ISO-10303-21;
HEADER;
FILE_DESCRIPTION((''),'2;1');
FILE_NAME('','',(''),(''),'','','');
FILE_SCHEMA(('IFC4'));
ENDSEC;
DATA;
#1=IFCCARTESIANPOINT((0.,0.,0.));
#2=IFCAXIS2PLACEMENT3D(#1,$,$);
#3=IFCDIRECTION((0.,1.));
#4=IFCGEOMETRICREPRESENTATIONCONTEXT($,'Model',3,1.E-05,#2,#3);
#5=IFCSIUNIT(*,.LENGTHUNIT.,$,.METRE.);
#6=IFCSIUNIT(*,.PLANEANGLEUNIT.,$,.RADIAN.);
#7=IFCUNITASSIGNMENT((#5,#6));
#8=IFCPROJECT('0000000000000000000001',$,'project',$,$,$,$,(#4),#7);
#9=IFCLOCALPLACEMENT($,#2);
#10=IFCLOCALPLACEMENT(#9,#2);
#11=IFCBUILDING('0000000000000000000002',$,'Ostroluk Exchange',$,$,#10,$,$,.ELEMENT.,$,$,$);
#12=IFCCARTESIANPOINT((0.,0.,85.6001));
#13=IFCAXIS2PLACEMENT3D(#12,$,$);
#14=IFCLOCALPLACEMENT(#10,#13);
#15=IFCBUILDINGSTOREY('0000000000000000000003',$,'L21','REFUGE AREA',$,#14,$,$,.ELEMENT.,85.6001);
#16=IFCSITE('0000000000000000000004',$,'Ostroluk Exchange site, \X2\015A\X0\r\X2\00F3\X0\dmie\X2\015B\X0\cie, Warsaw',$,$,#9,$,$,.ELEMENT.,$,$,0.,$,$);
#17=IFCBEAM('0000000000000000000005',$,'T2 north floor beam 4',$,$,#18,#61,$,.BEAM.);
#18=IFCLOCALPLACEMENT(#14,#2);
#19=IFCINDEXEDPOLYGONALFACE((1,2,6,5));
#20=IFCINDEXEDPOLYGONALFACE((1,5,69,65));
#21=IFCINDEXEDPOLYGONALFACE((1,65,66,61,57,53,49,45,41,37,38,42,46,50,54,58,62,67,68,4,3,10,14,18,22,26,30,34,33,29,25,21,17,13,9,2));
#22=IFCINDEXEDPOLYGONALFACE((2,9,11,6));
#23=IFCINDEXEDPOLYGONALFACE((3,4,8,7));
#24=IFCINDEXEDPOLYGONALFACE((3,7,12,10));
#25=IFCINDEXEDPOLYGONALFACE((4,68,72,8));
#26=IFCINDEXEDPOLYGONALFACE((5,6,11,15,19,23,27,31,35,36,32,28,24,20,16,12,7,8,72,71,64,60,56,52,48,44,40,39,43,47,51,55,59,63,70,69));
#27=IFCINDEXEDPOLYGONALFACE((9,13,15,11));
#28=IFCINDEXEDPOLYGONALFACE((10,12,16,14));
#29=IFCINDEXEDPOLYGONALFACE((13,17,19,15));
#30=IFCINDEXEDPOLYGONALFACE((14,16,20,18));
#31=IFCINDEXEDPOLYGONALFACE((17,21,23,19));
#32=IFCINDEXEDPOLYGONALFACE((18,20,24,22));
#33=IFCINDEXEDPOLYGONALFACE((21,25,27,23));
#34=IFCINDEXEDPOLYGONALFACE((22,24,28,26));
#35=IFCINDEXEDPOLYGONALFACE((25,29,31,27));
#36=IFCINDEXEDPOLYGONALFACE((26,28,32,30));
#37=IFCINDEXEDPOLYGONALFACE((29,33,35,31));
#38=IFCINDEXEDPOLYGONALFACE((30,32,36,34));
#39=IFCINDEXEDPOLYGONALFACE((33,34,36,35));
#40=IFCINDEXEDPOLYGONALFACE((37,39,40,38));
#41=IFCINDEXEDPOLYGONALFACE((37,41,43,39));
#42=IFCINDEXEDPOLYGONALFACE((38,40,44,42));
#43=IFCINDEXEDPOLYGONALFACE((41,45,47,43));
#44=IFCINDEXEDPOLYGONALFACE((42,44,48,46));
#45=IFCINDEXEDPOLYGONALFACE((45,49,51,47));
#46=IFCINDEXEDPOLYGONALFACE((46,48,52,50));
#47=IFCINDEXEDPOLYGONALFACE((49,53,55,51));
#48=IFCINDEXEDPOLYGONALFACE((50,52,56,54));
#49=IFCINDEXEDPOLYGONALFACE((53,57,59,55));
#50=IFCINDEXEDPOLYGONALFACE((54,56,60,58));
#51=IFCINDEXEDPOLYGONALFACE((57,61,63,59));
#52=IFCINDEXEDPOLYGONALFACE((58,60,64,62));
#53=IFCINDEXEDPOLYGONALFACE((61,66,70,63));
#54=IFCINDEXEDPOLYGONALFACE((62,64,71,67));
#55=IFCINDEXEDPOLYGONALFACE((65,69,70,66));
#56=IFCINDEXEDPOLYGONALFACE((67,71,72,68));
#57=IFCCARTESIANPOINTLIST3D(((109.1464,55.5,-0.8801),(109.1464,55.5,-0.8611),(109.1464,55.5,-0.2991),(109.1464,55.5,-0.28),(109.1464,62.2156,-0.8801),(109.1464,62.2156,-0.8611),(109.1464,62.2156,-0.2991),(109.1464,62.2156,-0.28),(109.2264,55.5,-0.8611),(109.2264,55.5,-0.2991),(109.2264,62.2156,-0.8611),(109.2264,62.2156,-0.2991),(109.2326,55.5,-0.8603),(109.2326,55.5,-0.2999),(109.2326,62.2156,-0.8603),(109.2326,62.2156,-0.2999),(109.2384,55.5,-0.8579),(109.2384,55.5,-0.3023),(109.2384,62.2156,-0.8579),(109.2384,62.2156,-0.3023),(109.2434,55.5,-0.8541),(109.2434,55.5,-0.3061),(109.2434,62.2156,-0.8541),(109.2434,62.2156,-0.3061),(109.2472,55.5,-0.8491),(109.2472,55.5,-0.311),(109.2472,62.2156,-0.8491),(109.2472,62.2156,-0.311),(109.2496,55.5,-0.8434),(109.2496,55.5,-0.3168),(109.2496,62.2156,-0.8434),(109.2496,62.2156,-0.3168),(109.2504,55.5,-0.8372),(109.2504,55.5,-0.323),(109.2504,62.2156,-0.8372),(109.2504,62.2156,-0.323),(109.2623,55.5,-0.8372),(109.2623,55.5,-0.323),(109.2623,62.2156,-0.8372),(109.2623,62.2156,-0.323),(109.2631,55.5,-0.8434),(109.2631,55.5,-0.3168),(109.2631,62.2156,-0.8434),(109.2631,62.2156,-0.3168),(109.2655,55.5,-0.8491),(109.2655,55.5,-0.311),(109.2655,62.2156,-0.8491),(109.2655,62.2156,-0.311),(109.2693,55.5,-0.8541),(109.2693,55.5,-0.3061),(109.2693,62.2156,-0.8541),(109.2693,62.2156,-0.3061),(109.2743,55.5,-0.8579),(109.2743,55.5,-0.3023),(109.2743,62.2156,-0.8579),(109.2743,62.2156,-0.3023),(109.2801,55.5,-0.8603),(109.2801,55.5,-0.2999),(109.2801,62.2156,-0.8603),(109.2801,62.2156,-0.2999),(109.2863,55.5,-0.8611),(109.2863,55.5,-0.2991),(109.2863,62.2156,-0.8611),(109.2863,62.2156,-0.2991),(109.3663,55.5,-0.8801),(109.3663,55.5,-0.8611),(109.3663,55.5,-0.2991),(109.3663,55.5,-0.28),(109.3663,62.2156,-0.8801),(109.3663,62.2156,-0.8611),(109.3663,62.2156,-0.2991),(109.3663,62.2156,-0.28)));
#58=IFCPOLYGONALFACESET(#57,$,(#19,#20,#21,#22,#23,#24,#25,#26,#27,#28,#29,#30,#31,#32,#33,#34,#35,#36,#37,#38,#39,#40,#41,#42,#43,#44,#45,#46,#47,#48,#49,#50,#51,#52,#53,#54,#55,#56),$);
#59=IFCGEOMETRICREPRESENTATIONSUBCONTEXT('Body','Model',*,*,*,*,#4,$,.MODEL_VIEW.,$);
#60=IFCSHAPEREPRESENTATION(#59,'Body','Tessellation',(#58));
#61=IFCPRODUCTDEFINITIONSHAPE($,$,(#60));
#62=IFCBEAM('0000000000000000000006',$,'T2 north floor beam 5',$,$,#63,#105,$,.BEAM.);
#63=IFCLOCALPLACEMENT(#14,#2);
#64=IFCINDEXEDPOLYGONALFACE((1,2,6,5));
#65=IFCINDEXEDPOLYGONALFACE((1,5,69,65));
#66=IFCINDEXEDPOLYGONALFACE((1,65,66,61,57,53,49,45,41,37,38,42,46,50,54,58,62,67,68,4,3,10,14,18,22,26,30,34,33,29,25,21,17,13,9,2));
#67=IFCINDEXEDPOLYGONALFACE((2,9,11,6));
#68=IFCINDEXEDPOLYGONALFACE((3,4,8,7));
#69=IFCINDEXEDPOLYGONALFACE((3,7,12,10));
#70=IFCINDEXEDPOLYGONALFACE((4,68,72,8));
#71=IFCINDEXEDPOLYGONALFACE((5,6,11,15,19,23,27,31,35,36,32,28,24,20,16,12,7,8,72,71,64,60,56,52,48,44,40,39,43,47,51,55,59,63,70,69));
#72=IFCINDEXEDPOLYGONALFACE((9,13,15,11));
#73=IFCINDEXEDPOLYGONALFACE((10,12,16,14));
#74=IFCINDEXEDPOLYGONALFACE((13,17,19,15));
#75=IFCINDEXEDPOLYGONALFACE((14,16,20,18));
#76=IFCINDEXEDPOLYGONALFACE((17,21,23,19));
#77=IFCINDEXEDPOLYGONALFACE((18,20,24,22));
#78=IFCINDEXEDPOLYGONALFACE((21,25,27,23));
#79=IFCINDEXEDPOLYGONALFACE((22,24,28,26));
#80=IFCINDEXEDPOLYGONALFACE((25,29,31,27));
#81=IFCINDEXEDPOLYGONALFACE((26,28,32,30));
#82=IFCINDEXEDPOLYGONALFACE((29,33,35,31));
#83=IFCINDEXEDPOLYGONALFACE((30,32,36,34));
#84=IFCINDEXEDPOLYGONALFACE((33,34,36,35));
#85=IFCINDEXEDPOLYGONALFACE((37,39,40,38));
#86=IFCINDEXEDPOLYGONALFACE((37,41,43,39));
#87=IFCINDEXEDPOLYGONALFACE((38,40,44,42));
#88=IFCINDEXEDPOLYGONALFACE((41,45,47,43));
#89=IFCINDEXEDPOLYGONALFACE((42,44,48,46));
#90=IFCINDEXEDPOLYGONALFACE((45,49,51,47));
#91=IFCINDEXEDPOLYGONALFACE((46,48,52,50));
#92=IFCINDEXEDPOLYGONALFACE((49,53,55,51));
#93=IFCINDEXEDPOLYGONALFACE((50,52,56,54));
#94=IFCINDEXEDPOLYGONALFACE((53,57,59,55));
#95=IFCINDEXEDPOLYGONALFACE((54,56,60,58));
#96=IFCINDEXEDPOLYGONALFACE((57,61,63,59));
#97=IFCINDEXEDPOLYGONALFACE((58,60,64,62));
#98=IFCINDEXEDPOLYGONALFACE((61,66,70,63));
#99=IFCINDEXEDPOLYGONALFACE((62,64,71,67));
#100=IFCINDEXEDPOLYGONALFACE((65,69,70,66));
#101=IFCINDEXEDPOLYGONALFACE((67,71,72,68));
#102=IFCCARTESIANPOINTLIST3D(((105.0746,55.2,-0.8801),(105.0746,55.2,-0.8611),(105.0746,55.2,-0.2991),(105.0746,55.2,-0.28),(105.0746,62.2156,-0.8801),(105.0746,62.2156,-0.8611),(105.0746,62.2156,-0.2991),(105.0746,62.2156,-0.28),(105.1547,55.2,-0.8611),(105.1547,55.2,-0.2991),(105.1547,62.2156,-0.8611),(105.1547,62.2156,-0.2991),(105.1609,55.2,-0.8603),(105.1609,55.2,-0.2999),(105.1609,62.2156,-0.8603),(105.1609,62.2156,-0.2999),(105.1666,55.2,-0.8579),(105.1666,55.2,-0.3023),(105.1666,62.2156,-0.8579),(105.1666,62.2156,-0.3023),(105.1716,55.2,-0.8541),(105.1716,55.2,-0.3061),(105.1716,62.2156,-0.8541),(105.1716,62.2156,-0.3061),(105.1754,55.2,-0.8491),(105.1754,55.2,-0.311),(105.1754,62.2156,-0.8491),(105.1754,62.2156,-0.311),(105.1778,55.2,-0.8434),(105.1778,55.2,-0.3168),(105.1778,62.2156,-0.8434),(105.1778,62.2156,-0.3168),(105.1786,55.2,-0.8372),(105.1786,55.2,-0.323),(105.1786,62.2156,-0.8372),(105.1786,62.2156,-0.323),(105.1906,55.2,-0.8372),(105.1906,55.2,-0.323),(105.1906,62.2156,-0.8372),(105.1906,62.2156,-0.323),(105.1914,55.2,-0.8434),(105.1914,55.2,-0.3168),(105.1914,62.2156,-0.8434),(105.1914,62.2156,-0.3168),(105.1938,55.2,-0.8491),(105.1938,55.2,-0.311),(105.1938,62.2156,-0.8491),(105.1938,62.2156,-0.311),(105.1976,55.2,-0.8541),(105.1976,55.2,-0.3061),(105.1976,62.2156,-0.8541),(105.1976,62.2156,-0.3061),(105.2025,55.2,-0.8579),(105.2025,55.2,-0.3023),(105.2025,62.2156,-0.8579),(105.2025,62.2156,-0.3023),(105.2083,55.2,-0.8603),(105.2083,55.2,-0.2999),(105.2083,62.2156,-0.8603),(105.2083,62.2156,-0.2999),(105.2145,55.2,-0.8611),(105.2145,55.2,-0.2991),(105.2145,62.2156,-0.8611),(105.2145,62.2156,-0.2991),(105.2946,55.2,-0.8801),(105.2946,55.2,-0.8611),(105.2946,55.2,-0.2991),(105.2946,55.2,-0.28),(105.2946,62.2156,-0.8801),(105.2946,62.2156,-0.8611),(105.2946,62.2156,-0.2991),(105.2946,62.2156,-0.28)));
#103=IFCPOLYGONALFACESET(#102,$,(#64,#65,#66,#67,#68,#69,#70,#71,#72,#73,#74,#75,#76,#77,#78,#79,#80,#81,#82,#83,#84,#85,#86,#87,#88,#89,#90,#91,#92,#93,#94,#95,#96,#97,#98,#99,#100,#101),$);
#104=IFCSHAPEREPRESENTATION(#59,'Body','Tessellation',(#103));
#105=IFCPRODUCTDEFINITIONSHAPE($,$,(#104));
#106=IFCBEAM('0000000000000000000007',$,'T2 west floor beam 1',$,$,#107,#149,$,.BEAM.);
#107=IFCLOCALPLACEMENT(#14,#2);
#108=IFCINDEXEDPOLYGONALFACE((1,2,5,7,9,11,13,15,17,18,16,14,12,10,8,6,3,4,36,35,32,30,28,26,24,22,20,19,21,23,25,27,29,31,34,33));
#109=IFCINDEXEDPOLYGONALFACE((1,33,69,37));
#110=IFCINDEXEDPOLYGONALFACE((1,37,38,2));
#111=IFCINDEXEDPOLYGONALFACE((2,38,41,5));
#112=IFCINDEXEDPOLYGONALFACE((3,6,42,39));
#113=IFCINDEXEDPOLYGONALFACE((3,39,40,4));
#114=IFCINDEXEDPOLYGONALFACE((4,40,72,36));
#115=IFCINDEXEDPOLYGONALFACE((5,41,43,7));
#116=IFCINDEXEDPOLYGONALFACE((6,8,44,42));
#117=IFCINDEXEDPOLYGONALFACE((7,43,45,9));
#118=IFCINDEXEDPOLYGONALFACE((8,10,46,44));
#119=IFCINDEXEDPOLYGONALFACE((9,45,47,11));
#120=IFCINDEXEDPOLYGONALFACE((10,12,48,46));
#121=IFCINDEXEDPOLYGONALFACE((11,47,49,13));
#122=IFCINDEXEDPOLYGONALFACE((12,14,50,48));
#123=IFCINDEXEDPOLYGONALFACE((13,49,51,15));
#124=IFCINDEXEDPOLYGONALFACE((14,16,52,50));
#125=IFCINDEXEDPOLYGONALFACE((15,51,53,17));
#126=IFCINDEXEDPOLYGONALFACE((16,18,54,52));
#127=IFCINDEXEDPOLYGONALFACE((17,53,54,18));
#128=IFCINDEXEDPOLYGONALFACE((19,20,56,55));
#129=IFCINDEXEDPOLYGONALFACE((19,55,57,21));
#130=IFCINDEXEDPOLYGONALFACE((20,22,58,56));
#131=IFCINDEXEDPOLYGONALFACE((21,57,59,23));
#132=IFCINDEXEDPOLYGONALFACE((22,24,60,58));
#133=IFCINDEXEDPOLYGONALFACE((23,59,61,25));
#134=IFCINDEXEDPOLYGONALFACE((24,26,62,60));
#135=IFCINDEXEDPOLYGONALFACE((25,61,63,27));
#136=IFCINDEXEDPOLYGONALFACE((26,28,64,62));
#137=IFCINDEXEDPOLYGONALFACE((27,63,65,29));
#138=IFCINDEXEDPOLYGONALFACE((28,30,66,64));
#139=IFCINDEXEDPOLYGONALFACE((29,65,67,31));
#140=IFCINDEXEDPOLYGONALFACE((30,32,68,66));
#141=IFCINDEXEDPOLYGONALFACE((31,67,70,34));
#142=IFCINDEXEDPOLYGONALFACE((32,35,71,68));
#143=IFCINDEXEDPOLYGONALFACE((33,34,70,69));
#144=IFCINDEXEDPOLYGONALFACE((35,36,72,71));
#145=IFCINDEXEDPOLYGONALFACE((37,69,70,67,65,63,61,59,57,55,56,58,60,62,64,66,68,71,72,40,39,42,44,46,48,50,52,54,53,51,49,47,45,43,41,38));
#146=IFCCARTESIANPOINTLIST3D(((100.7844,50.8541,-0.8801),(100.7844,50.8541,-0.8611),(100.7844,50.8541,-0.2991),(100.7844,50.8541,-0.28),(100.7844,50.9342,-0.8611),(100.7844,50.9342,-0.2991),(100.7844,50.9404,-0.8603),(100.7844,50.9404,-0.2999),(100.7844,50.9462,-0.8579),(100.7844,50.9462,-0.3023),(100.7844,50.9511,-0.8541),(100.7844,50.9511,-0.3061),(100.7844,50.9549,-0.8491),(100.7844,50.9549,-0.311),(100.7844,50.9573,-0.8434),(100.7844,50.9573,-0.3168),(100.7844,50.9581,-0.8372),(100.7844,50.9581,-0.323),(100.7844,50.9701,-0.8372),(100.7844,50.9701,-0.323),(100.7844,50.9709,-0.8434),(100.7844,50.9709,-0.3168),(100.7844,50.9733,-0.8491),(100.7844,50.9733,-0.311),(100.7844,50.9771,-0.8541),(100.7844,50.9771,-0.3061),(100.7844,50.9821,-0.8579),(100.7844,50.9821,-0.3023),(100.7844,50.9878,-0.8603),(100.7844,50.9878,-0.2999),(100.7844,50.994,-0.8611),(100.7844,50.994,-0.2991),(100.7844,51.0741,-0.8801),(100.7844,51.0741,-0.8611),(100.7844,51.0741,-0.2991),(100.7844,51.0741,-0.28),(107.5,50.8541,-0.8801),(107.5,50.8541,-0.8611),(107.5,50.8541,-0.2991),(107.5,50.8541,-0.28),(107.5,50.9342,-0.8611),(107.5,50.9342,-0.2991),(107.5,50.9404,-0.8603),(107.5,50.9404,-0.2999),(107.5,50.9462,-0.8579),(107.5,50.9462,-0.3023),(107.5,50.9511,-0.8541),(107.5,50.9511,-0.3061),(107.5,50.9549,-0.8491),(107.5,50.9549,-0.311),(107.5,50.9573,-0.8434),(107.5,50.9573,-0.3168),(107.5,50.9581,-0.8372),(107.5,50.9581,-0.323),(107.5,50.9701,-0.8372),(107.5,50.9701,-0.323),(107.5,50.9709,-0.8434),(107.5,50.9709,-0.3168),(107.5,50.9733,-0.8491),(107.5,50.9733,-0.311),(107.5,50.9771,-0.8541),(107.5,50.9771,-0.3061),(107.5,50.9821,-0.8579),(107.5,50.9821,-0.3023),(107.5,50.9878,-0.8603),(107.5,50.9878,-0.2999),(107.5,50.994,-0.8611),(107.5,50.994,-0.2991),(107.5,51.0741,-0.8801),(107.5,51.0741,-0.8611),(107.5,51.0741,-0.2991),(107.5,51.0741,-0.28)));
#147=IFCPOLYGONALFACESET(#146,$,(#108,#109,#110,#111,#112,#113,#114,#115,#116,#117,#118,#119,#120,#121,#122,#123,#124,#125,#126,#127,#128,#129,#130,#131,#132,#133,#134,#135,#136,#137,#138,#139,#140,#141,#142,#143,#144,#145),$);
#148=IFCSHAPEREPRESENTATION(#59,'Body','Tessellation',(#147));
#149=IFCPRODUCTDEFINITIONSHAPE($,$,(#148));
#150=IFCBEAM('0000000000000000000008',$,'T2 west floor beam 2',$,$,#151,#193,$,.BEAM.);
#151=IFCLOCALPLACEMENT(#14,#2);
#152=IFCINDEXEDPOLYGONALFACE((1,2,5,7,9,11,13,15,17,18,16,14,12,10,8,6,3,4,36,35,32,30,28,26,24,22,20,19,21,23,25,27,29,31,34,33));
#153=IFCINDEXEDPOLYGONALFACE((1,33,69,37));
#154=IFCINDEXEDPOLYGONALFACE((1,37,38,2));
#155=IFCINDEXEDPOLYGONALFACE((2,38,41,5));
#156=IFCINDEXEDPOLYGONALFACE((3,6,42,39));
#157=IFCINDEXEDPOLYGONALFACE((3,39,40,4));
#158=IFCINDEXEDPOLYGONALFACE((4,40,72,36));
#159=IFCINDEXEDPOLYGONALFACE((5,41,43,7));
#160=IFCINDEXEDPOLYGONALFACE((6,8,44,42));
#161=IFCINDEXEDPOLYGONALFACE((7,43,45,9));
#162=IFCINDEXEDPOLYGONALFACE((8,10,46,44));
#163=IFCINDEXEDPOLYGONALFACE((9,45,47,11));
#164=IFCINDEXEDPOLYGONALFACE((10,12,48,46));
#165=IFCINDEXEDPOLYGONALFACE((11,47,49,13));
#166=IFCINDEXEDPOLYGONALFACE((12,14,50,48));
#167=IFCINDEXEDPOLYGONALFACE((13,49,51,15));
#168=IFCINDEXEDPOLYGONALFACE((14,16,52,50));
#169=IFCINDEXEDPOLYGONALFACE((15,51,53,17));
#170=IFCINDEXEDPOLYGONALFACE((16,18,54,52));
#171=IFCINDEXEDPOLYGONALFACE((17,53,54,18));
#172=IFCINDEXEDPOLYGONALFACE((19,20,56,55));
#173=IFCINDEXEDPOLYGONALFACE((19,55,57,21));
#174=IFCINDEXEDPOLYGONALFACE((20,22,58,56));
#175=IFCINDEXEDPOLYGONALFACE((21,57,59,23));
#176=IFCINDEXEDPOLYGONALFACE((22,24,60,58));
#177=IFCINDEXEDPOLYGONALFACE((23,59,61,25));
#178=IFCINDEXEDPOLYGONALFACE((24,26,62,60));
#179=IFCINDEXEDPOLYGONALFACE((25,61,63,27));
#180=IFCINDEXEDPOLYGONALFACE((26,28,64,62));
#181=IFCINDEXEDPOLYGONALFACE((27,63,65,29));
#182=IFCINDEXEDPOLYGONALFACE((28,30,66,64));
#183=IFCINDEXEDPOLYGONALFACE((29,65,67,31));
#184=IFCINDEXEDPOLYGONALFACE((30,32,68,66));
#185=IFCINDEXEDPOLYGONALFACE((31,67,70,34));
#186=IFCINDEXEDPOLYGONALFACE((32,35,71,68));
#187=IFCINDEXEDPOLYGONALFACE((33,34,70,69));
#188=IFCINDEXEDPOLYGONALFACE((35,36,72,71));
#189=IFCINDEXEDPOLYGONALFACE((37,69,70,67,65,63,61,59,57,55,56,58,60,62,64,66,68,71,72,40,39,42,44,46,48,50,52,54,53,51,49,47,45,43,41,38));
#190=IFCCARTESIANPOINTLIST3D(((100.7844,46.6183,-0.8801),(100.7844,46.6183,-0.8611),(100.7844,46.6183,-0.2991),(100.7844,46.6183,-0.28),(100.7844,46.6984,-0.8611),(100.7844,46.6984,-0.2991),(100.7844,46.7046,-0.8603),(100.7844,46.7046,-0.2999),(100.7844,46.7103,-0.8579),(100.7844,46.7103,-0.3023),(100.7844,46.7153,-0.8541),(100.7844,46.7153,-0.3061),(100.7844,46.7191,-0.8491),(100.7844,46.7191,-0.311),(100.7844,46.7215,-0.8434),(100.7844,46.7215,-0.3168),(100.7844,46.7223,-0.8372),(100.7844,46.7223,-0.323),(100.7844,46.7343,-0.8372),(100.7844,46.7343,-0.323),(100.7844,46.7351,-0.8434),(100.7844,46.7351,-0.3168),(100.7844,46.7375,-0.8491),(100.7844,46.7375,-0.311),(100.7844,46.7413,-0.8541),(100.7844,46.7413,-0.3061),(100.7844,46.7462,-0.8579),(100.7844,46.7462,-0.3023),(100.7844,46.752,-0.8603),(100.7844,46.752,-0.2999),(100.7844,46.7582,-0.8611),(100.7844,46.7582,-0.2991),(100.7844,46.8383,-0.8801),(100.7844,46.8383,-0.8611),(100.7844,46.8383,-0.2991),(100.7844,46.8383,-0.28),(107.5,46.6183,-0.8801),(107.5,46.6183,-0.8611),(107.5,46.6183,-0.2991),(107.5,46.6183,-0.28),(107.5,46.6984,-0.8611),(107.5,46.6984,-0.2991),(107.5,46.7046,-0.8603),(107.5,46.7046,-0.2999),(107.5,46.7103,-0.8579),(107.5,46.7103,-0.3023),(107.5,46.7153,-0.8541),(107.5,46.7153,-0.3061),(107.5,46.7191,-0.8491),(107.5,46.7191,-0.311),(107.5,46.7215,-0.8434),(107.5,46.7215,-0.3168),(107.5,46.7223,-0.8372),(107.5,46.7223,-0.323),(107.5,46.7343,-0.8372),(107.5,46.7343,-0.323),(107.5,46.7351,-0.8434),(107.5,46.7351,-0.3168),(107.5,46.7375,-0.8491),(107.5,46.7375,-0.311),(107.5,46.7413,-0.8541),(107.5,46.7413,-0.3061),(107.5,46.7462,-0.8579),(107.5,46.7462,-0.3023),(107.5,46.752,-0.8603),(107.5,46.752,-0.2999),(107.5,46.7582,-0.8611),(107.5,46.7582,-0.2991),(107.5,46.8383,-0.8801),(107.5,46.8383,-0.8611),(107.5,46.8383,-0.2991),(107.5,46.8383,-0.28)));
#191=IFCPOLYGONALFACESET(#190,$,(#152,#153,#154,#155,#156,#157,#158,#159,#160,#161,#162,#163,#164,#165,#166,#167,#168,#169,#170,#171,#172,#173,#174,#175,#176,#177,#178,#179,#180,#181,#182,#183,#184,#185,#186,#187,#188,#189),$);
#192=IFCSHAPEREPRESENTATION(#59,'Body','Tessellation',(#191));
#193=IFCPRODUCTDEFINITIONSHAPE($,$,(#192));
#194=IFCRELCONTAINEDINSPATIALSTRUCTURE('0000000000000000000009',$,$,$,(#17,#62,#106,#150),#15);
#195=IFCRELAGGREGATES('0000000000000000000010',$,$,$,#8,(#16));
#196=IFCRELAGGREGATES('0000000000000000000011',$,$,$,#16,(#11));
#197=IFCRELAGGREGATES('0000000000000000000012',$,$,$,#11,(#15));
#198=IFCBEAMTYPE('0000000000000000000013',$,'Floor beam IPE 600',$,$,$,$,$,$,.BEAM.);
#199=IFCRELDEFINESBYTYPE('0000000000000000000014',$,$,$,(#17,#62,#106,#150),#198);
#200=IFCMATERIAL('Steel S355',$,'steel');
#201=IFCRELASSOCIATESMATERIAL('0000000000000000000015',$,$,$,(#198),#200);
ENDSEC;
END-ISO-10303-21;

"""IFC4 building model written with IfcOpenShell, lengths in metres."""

from ifc_helpers import new_model, si_unit, direction, frame, origin, origin_2d, place, context, subcontext, project, spatial, i_section, extrude, material, material_profile, profile_set, type_object, element, save


model = new_model("IFC4")

# Units and contexts
model_context = context("Model", 3, precision=1e-05, world=origin(), true_north=direction((0.0, 1.0)))
body_context = subcontext(model_context, "Body", "Model", "MODEL_VIEW")
ifc_project = project(units=[si_unit("LENGTHUNIT", "METRE"), si_unit("PLANEANGLEUNIT", "RADIAN")], contexts=[model_context])

# Site, building, storey
site_placement = place(None, origin())
site = spatial("IfcSite", under=ifc_project, at=site_placement, Name="Ostroluk Exchange site, Śródmieście, Warsaw", CompositionType="ELEMENT", RefElevation=0.0)
building_placement = place(site_placement, origin())
building = spatial("IfcBuilding", under=site, at=building_placement, Name="Ostroluk Exchange", CompositionType="ELEMENT")
storey_placement = place(building_placement, frame((0.0, 0.0, 85.6001)))
storey = spatial("IfcBuildingStorey", under=building, at=storey_placement, Name="L21", Description="REFUGE AREA", CompositionType="ELEMENT", Elevation=85.6001)

# Beams
ifc_material_1 = material(Name="Steel S355", Category="steel")
ifc_material_profile_1 = material_profile(ifc_material_1, i_section(OverallWidth=0.22, OverallDepth=0.6001, WebThickness=0.012, FlangeThickness=0.019, FilletRadius=0.0239, at=origin_2d()), Name="IPE 600")
ifc_profile_set_1 = profile_set([ifc_material_profile_1], Name="Steel S355")
beam_type_1 = type_object("IfcBeamType", Name="Floor beam IPE 600", PredefinedType="BEAM", material=ifc_profile_set_1)
beam_1_placement = place(storey_placement, frame((109.2563, 55.5, -0.5801), z_axis=(0.0, 1.0, 0.0), x_axis=(-1.0, 0.0, 0.0)))
element("IfcBeam", 1, at=beam_1_placement, inside=storey, type_object=beam_type_1, Name="T2 north floor beam 4", PredefinedType="BEAM", context=body_context, shape_type="SweptSolid", body=[
    extrude(i_section(OverallWidth=0.22, OverallDepth=0.6001, WebThickness=0.012, FlangeThickness=0.019, FilletRadius=0.0239, at=origin_2d()), origin(), (0.0, 0.0, 1.0), 6.7156),
])
beam_2_placement = place(storey_placement, frame((105.1846, 55.2, -0.5801), z_axis=(0.0, 1.0, 0.0), x_axis=(-1.0, 0.0, 0.0)))
element("IfcBeam", 2, at=beam_2_placement, inside=storey, type_object=beam_type_1, Name="T2 north floor beam 5", PredefinedType="BEAM", context=body_context, shape_type="SweptSolid", body=[
    extrude(i_section(OverallWidth=0.22, OverallDepth=0.6001, WebThickness=0.012, FlangeThickness=0.019, FilletRadius=0.0239, at=origin_2d()), origin(), (0.0, 0.0, 1.0), 7.0156),
])
for number, where, z_axis, x_axis, name in (
    (3, (107.5, 50.9641, -0.5801), (-1.0, 0.0, 0.0), (0.0, -1.0, 0.0), "T2 west floor beam 1"),
    (4, (107.5, 46.7283, -0.5801), (-1.0, 0.0, 0.0), (0.0, -1.0, 0.0), "T2 west floor beam 2"),
):
    element("IfcBeam", number, at=place(storey_placement, frame(where, z_axis=z_axis, x_axis=x_axis)), inside=storey, type_object=beam_type_1, Name=name, PredefinedType="BEAM", context=body_context, shape_type="SweptSolid", body=[
        extrude(i_section(OverallWidth=0.22, OverallDepth=0.6001, WebThickness=0.012, FlangeThickness=0.019, FilletRadius=0.0239, at=origin_2d()), origin(), (0.0, 0.0, 1.0), 6.7156),
    ])

save(model, "model.ifc")
